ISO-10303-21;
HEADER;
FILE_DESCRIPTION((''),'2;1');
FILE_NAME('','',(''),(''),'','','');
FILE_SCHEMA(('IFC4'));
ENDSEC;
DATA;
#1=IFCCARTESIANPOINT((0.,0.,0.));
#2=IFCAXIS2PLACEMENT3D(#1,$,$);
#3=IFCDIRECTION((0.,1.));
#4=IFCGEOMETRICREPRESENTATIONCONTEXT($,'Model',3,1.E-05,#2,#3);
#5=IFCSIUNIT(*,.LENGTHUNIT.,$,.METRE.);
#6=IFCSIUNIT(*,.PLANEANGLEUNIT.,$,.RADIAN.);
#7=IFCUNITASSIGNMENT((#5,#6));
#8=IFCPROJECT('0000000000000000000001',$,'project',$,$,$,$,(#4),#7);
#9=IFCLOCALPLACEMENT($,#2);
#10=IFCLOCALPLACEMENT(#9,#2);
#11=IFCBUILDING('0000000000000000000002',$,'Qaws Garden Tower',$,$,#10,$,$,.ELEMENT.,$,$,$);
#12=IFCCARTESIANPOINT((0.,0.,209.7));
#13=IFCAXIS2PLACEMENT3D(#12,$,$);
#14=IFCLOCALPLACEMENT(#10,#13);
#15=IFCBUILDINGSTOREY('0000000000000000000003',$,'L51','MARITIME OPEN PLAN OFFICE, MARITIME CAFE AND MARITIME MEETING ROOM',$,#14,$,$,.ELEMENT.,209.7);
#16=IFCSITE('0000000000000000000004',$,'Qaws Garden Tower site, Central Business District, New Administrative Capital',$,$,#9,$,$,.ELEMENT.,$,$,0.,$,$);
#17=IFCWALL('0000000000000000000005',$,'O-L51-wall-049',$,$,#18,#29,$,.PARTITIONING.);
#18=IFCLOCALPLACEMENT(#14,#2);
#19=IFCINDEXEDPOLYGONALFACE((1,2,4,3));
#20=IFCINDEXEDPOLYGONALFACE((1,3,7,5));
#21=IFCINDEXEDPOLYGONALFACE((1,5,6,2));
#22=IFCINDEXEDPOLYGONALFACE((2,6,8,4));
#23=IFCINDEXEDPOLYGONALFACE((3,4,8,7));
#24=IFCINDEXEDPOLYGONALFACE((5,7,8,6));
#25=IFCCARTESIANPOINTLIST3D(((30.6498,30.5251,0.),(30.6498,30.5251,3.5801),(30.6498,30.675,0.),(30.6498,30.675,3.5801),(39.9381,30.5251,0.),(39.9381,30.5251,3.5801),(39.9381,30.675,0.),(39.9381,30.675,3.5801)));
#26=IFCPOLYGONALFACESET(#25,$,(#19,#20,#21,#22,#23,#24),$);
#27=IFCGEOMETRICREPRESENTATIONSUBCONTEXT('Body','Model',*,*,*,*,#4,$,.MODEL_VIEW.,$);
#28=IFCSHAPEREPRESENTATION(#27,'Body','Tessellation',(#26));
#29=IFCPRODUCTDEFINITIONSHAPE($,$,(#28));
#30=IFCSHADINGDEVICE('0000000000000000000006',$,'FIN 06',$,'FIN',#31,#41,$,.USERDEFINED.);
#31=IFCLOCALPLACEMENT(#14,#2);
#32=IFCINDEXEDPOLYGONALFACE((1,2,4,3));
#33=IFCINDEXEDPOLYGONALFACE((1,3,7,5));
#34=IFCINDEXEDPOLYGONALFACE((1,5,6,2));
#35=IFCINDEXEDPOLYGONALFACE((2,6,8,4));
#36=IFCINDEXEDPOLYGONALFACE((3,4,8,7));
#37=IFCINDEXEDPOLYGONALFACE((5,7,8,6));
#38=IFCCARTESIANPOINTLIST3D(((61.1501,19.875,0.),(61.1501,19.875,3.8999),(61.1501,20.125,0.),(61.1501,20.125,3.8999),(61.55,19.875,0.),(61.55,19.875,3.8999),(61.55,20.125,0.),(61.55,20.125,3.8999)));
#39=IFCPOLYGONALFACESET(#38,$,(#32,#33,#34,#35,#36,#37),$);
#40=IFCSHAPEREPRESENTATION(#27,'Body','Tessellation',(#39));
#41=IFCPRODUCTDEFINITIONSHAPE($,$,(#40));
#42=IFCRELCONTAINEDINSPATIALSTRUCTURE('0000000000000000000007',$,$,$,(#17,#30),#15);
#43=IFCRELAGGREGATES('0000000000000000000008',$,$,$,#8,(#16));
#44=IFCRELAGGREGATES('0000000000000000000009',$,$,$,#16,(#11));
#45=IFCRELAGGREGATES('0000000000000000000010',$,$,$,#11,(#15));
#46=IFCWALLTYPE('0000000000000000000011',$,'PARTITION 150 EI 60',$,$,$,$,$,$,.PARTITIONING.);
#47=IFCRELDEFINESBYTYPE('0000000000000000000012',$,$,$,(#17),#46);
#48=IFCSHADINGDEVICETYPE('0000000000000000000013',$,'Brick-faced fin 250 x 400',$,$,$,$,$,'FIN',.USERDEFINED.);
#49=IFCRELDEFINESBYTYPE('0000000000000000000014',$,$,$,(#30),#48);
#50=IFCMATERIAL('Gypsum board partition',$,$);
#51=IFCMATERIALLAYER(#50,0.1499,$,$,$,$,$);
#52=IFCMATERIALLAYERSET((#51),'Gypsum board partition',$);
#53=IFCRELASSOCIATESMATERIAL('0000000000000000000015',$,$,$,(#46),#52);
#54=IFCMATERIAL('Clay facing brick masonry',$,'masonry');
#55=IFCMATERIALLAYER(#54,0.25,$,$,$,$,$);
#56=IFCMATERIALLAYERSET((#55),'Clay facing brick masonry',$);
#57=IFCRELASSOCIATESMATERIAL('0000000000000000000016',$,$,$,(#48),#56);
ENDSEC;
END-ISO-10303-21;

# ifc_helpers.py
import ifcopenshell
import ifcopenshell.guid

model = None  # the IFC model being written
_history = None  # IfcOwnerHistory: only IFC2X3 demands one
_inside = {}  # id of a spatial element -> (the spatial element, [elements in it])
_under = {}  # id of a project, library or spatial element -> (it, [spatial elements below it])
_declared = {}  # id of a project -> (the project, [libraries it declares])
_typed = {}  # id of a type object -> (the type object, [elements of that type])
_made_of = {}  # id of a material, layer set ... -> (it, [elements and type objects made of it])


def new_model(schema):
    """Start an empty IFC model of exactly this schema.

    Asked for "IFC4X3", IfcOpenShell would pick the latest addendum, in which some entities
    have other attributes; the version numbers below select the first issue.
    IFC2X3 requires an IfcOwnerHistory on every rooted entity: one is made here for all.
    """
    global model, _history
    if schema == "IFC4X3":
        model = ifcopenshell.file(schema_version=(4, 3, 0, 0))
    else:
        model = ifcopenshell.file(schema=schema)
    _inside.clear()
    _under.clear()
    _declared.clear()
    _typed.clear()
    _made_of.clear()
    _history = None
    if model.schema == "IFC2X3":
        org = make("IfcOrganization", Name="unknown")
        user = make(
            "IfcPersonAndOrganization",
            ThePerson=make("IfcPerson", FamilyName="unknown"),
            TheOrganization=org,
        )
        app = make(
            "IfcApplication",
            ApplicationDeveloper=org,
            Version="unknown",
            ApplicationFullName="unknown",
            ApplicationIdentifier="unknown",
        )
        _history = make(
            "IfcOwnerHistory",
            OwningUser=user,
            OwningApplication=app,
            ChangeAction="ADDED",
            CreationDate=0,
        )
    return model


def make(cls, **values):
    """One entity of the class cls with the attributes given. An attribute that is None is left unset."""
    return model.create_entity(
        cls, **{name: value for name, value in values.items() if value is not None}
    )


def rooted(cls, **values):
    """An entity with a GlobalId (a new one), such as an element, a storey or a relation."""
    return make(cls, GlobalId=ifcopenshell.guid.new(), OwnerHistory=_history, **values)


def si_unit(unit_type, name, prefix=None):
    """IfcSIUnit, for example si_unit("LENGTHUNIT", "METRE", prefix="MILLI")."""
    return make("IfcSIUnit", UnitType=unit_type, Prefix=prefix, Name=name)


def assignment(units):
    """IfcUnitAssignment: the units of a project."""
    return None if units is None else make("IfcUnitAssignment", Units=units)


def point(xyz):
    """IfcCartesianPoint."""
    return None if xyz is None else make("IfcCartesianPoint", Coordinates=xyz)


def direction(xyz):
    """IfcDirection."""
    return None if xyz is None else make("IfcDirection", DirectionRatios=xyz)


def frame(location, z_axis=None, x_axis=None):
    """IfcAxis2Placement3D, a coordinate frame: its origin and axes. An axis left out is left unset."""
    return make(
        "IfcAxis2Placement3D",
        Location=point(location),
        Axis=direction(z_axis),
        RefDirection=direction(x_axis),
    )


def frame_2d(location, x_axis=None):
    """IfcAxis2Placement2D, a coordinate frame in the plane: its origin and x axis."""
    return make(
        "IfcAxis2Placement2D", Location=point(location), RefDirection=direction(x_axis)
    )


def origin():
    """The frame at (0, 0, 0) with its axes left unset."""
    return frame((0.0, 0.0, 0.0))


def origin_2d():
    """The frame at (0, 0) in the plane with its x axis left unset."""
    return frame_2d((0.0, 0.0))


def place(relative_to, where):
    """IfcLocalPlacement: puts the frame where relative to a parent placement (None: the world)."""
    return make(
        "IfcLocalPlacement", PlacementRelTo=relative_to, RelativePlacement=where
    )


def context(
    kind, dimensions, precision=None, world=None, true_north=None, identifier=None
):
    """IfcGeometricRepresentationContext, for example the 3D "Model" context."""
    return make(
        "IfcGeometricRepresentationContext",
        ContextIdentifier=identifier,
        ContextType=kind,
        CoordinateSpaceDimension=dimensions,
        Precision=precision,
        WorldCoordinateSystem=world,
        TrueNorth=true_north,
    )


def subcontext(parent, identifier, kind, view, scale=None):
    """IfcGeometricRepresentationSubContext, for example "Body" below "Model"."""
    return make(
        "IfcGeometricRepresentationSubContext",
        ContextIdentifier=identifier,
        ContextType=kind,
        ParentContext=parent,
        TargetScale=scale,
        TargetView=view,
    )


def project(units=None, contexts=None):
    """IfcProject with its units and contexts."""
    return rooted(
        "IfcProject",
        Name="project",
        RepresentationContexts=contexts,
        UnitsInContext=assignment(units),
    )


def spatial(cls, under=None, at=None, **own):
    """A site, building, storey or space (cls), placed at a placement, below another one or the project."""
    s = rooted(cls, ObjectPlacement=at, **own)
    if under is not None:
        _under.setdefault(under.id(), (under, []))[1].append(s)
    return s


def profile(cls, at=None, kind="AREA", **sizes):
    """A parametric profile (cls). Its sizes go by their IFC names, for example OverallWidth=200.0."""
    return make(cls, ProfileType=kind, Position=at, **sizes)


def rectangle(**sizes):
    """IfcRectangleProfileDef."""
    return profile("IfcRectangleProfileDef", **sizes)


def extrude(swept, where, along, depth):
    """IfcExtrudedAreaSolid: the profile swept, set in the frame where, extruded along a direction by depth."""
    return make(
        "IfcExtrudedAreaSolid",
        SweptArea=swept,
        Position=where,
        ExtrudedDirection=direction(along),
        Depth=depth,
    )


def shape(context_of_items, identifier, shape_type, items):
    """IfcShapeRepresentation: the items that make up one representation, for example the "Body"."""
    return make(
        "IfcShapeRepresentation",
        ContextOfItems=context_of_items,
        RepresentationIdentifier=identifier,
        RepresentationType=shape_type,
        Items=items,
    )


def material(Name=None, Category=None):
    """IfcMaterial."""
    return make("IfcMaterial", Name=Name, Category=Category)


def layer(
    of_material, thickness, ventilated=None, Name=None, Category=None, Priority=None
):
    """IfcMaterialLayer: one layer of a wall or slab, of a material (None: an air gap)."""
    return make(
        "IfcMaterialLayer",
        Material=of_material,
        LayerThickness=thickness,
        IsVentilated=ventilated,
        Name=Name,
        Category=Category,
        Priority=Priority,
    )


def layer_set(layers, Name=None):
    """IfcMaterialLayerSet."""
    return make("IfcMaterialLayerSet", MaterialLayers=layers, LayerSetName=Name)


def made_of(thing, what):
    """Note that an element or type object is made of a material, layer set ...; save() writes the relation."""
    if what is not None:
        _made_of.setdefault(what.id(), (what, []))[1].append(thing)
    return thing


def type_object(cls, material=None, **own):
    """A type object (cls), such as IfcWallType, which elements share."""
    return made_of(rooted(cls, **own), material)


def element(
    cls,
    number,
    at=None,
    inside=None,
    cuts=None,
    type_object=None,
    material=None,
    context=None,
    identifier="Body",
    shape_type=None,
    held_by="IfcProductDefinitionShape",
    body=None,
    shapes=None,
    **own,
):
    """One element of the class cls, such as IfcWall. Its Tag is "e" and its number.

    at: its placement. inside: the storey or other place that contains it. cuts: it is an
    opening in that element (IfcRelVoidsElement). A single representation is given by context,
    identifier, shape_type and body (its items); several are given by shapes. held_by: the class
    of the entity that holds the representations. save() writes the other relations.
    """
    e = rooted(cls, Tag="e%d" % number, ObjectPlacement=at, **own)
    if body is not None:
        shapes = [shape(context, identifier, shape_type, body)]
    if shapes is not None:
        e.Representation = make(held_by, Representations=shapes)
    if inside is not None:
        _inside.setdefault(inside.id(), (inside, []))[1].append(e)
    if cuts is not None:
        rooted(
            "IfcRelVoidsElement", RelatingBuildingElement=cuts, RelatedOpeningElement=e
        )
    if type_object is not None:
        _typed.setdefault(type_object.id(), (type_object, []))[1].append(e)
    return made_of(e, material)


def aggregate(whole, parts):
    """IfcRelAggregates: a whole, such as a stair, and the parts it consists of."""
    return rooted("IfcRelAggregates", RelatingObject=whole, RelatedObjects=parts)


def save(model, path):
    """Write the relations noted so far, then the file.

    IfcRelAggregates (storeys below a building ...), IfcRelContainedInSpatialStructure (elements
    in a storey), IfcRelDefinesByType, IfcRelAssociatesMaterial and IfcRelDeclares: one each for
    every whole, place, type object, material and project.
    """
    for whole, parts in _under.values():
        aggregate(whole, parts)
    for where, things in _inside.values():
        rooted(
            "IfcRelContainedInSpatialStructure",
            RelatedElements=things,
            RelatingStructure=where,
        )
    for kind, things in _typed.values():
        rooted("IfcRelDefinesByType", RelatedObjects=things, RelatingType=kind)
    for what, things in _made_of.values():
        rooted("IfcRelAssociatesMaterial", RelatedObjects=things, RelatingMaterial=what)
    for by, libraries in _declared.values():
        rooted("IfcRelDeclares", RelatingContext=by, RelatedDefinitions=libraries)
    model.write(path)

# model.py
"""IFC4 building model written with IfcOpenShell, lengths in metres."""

from ifc_helpers import new_model, si_unit, direction, frame, frame_2d, origin, origin_2d, place, context, subcontext, project, spatial, rectangle, extrude, material, layer, layer_set, type_object, element, save


model = new_model("IFC4")

# Units and contexts
model_context = context("Model", 3, precision=1e-05, world=origin(), true_north=direction((0.0, 1.0)))
body_context = subcontext(model_context, "Body", "Model", "MODEL_VIEW")
ifc_project = project(units=[si_unit("LENGTHUNIT", "METRE"), si_unit("PLANEANGLEUNIT", "RADIAN")], contexts=[model_context])

# Site, building, storey
site_placement = place(None, origin())
site = spatial("IfcSite", under=ifc_project, at=site_placement, Name="Qaws Garden Tower site, Central Business District, New Administrative Capital", CompositionType="ELEMENT", RefElevation=0.0)
building_placement = place(site_placement, origin())
building = spatial("IfcBuilding", under=site, at=building_placement, Name="Qaws Garden Tower", CompositionType="ELEMENT")
storey_placement = place(building_placement, frame((0.0, 0.0, 209.7)))
storey = spatial("IfcBuildingStorey", under=building, at=storey_placement, Name="L51", Description="MARITIME OPEN PLAN OFFICE, MARITIME CAFE AND MARITIME MEETING ROOM", CompositionType="ELEMENT", Elevation=209.7)

# Shared definitions
ifc_material_1 = material(Name="Gypsum board partition")
ifc_layer_1 = layer(ifc_material_1, 0.1499)
ifc_layer_set_1 = layer_set([ifc_layer_1], Name="Gypsum board partition")
wall_type_1 = type_object("IfcWallType", Name="PARTITION 150 EI 60", PredefinedType="PARTITIONING", material=ifc_layer_set_1)

# Wall
wall_1_placement = place(storey_placement, frame((30.6499, 30.6001, 0.0), z_axis=(0.0, 0.0, 1.0), x_axis=(1.0, 0.0, 0.0)))
element("IfcWall", 1, at=wall_1_placement, inside=storey, type_object=wall_type_1, Name="O-L51-wall-049", PredefinedType="PARTITIONING", context=body_context, shape_type="SweptSolid", body=[
    extrude(rectangle(XDim=9.2883, YDim=0.1499, at=frame_2d((4.644, 0.0))), origin(), (0.0, 0.0, 1.0), 3.5801),
])

# Shading device
ifc_material_2 = material(Name="Clay facing brick masonry", Category="masonry")
ifc_layer_2 = layer(ifc_material_2, 0.25)
ifc_layer_set_2 = layer_set([ifc_layer_2], Name="Clay facing brick masonry")
shading_device_type = type_object("IfcShadingDeviceType", Name="Brick-faced fin 250 x 400", ElementType="FIN", PredefinedType="USERDEFINED", material=ifc_layer_set_2)
shading_device_placement = place(storey_placement, frame((61.3501, 20.0, 0.0), z_axis=(0.0, 0.0, 1.0), x_axis=(0.0, 1.0, 0.0)))
element("IfcShadingDevice", 2, at=shading_device_placement, inside=storey, type_object=shading_device_type, Name="FIN 06", ObjectType="FIN", PredefinedType="USERDEFINED", context=body_context, shape_type="SweptSolid", body=[
    extrude(rectangle(XDim=0.25, YDim=0.3999, at=origin_2d()), origin(), (0.0, 0.0, 1.0), 3.8999),
])

save(model, "model.ifc")
